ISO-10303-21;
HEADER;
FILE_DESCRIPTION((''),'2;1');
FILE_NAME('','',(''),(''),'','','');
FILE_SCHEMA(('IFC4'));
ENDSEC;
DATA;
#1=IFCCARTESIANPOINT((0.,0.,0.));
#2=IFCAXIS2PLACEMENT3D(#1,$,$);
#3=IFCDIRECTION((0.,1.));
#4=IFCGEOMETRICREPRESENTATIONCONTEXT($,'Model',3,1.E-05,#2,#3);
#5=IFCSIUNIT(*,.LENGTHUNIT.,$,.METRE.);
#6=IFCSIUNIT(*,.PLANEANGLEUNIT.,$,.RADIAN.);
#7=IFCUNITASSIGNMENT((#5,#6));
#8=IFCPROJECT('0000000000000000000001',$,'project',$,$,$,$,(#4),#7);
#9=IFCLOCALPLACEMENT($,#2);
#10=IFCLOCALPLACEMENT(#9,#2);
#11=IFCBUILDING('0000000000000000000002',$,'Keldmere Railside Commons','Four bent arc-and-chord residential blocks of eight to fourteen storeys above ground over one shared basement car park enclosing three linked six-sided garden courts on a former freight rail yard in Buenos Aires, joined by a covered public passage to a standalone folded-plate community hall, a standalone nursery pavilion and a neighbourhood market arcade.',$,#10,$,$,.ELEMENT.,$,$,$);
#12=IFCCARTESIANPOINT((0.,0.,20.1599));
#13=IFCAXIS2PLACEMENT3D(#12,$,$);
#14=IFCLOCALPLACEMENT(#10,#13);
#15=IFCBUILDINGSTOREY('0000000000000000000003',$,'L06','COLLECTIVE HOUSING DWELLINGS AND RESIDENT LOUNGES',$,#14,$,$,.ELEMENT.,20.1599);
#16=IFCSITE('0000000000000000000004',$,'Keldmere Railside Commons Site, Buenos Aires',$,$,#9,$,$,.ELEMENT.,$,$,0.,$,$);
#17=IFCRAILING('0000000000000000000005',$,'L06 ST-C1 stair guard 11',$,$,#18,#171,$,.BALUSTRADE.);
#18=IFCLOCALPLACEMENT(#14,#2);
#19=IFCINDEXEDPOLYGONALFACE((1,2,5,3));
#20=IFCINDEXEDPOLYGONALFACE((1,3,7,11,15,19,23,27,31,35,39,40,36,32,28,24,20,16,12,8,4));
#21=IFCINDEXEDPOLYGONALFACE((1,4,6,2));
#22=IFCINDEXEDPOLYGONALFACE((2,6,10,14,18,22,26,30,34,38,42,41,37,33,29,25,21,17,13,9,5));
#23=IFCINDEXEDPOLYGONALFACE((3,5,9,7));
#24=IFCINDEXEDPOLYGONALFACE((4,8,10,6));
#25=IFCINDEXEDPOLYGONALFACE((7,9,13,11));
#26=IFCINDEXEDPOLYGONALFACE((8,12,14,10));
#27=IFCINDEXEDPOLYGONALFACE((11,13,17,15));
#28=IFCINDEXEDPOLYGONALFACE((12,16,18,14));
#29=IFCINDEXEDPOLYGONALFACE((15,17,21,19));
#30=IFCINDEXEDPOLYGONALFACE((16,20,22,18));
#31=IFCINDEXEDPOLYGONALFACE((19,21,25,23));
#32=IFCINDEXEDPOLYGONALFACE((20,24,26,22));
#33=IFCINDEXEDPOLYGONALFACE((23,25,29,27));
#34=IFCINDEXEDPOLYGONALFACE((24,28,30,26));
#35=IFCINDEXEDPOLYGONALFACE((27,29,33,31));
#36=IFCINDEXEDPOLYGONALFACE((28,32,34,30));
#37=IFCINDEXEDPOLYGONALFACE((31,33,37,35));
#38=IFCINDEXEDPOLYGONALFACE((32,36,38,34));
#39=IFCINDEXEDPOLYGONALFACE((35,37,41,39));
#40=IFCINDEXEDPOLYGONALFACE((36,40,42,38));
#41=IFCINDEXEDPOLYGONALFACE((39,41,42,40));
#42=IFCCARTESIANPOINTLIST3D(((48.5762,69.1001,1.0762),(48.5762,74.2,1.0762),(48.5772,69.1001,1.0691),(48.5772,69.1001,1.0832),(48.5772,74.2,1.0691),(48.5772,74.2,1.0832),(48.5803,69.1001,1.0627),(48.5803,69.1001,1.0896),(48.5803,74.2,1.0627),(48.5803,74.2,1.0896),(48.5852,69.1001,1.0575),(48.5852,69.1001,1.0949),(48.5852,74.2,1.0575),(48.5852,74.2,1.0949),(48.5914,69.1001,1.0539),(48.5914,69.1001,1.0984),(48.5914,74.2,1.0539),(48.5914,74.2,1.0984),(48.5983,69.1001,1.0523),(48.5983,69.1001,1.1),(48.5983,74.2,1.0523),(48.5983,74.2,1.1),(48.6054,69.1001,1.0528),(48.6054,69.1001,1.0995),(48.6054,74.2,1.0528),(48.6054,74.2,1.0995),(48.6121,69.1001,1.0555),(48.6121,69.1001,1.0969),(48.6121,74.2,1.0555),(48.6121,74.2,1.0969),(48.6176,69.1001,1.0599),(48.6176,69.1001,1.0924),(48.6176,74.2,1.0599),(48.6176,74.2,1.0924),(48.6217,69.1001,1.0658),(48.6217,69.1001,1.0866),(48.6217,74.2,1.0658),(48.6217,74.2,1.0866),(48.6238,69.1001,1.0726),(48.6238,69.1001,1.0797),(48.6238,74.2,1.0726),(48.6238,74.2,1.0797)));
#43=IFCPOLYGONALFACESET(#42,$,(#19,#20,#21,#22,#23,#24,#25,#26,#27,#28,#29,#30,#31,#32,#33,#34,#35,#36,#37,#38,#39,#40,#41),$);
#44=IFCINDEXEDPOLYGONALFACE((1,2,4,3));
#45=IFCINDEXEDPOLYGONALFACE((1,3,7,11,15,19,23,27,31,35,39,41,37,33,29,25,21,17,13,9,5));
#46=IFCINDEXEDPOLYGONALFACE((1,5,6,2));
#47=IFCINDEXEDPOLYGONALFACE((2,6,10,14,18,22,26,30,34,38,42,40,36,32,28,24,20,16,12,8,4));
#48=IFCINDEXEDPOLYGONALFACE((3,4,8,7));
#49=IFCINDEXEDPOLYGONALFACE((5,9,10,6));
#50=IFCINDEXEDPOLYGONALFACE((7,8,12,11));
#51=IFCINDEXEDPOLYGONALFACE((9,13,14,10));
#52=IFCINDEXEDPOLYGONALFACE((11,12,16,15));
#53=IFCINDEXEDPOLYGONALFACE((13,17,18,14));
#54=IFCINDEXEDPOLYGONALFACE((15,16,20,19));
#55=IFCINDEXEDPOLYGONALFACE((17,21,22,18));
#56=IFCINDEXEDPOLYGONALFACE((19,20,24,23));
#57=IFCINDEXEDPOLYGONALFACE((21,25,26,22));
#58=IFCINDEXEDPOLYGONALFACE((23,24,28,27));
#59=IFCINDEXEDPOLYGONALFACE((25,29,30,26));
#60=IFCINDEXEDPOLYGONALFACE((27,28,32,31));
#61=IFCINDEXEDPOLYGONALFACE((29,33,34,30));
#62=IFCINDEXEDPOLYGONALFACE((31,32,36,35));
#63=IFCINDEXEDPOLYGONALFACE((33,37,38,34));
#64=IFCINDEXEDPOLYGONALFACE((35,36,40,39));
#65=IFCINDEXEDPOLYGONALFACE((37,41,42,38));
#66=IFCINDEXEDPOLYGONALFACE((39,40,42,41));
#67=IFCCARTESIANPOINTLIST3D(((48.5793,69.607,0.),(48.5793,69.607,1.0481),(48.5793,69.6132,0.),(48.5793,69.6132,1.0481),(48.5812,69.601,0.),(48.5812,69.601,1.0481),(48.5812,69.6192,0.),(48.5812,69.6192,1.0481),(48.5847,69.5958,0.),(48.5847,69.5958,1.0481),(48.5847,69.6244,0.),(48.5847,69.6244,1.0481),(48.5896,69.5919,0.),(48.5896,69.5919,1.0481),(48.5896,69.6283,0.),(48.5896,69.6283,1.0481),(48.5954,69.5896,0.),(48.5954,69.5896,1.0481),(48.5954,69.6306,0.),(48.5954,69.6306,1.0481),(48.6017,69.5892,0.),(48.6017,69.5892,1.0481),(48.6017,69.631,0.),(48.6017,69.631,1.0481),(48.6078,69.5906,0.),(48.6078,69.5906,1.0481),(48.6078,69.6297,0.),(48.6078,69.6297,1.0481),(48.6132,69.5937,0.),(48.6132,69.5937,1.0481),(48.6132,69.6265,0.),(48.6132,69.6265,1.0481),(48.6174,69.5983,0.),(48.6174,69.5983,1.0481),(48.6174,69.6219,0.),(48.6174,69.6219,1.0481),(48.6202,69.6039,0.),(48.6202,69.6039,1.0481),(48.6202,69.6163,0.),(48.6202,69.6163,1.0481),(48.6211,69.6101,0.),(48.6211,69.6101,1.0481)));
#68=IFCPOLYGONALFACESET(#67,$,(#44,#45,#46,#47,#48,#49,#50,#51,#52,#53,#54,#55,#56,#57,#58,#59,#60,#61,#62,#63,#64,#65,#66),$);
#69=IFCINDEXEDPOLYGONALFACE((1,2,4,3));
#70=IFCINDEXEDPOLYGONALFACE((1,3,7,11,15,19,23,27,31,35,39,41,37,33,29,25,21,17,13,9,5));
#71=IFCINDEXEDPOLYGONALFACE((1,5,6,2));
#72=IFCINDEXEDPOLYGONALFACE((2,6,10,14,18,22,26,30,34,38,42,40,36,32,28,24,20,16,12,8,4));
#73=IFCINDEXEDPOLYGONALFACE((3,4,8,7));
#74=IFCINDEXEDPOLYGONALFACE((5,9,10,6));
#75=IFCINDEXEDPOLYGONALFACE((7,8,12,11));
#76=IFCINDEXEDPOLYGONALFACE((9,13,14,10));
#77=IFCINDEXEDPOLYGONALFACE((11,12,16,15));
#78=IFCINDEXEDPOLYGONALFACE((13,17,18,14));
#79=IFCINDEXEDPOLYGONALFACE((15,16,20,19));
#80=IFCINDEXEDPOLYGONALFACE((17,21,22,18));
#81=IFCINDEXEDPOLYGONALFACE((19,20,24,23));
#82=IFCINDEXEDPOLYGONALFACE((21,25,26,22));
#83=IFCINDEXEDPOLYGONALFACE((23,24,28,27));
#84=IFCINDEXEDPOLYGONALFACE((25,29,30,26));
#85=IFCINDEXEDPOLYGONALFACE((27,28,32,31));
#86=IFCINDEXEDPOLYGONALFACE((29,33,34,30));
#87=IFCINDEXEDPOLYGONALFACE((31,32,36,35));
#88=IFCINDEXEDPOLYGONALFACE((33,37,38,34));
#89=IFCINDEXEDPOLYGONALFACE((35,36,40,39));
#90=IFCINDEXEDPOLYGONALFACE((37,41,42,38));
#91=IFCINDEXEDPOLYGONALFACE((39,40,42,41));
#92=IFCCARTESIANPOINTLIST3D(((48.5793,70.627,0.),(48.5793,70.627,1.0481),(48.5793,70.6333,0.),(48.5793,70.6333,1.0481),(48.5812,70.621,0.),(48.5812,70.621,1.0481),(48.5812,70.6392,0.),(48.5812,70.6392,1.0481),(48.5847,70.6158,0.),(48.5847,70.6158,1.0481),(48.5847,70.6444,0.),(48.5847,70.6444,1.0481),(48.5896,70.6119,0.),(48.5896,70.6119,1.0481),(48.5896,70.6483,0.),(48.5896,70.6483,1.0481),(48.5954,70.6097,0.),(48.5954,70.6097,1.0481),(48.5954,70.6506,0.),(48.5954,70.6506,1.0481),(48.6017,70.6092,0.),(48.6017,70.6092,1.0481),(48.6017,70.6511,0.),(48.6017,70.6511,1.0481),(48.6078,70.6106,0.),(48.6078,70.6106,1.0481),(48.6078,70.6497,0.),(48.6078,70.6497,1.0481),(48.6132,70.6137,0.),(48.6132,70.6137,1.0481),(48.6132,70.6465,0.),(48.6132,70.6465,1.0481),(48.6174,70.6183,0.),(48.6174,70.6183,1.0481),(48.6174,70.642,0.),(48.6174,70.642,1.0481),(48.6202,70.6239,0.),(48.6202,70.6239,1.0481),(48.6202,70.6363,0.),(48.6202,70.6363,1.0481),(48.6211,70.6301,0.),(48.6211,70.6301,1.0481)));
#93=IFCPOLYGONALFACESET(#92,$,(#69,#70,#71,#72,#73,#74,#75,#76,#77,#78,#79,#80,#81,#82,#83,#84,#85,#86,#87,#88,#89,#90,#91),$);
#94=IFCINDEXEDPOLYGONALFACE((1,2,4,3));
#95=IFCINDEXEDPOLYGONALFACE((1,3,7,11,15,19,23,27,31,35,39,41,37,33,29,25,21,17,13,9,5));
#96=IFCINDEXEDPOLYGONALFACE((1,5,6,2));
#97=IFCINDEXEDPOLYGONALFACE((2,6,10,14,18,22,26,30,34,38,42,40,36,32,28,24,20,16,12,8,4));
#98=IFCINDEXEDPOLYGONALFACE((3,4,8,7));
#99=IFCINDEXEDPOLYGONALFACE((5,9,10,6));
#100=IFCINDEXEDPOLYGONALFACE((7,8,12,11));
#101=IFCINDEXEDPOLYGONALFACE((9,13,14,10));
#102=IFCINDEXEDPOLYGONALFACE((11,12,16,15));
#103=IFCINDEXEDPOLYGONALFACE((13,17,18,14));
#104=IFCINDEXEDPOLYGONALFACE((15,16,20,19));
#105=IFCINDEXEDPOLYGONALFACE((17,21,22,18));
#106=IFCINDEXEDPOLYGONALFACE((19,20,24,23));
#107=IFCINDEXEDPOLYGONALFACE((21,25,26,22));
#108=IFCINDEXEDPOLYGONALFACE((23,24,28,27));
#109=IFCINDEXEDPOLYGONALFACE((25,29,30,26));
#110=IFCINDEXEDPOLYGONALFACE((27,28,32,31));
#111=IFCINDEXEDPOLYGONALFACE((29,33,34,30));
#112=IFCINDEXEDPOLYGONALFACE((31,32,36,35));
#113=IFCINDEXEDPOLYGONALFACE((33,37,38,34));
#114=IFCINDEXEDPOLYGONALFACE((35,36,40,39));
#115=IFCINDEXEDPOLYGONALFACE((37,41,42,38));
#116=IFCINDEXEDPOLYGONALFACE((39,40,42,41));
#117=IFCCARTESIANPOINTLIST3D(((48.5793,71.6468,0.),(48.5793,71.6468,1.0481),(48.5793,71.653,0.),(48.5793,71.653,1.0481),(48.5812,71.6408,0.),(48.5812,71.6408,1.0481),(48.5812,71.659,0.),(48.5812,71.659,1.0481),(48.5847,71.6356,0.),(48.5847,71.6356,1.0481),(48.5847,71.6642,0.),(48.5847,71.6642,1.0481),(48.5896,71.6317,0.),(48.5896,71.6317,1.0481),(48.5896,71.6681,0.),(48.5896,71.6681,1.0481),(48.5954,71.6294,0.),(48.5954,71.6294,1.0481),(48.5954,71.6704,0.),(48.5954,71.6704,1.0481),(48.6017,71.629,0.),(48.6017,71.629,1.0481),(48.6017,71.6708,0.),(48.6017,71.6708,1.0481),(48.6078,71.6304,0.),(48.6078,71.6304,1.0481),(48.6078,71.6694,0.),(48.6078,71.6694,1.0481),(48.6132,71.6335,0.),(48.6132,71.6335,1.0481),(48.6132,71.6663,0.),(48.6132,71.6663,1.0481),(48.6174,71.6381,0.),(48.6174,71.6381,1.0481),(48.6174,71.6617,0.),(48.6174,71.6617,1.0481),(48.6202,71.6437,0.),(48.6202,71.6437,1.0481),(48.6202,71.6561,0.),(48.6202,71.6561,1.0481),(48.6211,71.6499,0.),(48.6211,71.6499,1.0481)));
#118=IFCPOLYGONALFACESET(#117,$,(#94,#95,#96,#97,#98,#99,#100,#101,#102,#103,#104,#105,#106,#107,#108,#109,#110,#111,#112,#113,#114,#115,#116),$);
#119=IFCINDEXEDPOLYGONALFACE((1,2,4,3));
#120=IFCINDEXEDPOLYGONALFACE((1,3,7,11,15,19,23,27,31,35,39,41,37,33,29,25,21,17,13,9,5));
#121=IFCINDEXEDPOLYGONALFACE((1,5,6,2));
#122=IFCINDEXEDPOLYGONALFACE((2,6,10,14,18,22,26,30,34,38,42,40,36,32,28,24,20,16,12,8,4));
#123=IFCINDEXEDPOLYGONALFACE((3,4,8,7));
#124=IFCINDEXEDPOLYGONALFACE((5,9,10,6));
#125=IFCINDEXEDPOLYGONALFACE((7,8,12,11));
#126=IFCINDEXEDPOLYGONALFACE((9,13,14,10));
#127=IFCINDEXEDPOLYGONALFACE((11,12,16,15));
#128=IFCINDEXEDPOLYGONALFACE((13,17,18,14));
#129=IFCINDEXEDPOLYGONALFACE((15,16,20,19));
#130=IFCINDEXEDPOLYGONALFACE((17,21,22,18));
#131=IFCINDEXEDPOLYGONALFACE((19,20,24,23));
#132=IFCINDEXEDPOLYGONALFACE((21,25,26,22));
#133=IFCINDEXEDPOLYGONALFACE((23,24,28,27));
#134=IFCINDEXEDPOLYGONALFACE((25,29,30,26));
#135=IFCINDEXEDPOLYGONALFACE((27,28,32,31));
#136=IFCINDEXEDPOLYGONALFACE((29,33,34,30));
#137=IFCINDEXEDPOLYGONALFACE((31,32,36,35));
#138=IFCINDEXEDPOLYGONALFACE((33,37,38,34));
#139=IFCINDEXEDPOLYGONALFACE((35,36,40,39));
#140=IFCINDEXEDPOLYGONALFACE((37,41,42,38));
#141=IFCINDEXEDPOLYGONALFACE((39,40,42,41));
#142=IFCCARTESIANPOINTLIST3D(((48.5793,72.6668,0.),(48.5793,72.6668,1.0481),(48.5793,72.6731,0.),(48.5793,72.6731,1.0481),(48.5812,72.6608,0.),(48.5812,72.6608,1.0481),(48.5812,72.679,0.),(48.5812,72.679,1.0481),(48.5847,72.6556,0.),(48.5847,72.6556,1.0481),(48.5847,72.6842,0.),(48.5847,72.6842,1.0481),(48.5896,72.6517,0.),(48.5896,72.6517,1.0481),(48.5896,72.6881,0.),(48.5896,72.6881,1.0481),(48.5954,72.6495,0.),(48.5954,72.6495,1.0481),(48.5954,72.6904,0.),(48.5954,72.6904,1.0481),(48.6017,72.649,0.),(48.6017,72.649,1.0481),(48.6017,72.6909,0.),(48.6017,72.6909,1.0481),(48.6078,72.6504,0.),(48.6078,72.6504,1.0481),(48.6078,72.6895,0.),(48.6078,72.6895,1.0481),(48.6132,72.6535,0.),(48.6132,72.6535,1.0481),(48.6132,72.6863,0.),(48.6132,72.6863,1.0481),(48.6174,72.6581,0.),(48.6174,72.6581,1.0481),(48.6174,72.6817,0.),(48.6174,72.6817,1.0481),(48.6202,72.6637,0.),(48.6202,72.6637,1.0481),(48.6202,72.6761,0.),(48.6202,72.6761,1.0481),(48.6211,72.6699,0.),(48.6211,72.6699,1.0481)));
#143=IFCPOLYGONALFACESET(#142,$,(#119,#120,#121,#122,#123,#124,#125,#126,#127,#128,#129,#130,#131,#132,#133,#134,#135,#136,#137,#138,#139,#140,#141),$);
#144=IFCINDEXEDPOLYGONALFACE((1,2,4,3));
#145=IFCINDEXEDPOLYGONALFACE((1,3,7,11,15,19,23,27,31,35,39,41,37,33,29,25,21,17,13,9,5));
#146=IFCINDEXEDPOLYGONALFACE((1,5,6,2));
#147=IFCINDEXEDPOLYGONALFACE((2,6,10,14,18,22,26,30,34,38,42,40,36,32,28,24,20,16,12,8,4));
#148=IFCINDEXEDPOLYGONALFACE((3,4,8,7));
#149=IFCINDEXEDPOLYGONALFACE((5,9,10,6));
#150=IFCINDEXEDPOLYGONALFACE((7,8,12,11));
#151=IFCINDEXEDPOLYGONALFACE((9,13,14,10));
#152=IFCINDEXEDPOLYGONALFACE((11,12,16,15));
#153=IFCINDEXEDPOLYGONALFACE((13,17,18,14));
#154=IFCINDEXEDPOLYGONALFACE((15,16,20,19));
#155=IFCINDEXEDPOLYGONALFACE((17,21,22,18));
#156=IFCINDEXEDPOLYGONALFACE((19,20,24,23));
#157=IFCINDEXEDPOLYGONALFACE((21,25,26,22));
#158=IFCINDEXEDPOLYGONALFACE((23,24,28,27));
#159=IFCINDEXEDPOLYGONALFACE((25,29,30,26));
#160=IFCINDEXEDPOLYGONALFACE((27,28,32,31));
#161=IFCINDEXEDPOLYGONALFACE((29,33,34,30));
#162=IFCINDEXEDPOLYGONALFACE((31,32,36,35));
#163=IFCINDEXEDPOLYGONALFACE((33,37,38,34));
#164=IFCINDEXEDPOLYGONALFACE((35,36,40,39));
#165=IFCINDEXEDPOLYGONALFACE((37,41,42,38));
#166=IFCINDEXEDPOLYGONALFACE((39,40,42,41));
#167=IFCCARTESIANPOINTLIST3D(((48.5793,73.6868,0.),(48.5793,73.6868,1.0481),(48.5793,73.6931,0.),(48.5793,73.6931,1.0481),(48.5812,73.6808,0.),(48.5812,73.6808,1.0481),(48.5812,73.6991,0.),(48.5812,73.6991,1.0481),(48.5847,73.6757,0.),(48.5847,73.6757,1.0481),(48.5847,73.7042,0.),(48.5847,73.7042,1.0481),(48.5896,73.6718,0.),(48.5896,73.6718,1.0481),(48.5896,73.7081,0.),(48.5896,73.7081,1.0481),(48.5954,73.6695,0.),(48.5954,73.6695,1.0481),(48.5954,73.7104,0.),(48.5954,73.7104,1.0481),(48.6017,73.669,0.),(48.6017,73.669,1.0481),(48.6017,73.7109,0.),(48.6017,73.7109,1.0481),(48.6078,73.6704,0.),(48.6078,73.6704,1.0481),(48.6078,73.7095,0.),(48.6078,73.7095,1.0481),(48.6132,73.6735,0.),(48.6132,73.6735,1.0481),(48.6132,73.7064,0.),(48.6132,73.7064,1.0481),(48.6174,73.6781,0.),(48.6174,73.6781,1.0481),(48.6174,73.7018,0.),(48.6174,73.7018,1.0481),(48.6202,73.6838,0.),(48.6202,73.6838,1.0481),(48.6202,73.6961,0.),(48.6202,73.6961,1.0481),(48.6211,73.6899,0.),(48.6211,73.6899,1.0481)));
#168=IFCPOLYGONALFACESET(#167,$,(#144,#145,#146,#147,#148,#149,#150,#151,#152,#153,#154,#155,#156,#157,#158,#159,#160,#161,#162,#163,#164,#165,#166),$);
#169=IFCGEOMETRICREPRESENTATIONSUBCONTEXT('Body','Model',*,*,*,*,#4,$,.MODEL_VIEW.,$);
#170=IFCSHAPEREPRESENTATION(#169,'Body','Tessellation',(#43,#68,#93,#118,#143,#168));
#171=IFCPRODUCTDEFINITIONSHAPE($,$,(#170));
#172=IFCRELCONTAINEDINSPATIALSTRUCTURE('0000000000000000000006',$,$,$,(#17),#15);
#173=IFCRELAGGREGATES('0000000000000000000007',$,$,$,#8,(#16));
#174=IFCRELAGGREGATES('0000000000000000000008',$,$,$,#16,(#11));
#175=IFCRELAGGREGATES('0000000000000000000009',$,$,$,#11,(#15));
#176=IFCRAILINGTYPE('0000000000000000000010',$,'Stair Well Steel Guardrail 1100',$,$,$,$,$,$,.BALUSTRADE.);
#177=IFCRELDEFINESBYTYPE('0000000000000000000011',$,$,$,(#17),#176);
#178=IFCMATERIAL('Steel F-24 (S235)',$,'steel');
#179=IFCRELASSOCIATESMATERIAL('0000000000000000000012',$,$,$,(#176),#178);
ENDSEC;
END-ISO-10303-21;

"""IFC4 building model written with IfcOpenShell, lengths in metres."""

from ifc_helpers import new_model, si_unit, direction, frame, origin, origin_2d, place, context, subcontext, project, spatial, circle, extrude, material, type_object, element, save


model = new_model("IFC4")

# Units and contexts
model_context = context("Model", 3, precision=1e-05, world=origin(), true_north=direction((0.0, 1.0)))
body_context = subcontext(model_context, "Body", "Model", "MODEL_VIEW")
ifc_project = project(units=[si_unit("LENGTHUNIT", "METRE"), si_unit("PLANEANGLEUNIT", "RADIAN")], contexts=[model_context])

# Site, building, storey
site_placement = place(None, origin())
site = spatial("IfcSite", under=ifc_project, at=site_placement, Name="Keldmere Railside Commons Site, Buenos Aires", CompositionType="ELEMENT", RefElevation=0.0)
building_placement = place(site_placement, origin())
building = spatial("IfcBuilding", under=site, at=building_placement, Name="Keldmere Railside Commons", Description="Four bent arc-and-chord residential blocks of eight to fourteen storeys above ground over one shared basement car park enclosing three linked six-sided garden courts on a former freight rail yard in Buenos Aires, joined by a covered public passage to a standalone folded-plate community hall, a standalone nursery pavilion and a neighbourhood market arcade.", CompositionType="ELEMENT")
storey_placement = place(building_placement, frame((0.0, 0.0, 20.1599)))
storey = spatial("IfcBuildingStorey", under=building, at=storey_placement, Name="L06", Description="COLLECTIVE HOUSING DWELLINGS AND RESIDENT LOUNGES", CompositionType="ELEMENT", Elevation=20.1599)

# Shared definitions
ifc_material_1 = material(Name="Steel F-24 (S235)", Category="steel")

# Railing
railing_type_1 = type_object("IfcRailingType", Name="Stair Well Steel Guardrail 1100", PredefinedType="BALUSTRADE", material=ifc_material_1)
railing_1_placement = place(storey_placement, frame((48.6001, 69.1001, 0.0)))
element("IfcRailing", 1, at=railing_1_placement, inside=storey, type_object=railing_type_1, Name="L06 ST-C1 stair guard 11", PredefinedType="BALUSTRADE", context=body_context, shape_type="SweptSolid", body=[
    extrude(circle(Radius=0.0239, at=origin_2d()), frame((0.0, 0.0, 1.0762), z_axis=(0.0, 1.0, 0.0), x_axis=(-1.0, 0.0, 0.0)), (0.0, 0.0, 1.0), 5.0999),
    extrude(circle(Radius=0.021, at=origin_2d()), frame((0.0, 0.51, 0.0)), (0.0, 0.0, 1.0), 1.0481),
    extrude(circle(Radius=0.021, at=origin_2d()), frame((0.0, 1.53, 0.0)), (0.0, 0.0, 1.0), 1.0481),
    extrude(circle(Radius=0.021, at=origin_2d()), frame((0.0, 2.5498, 0.0)), (0.0, 0.0, 1.0), 1.0481),
    extrude(circle(Radius=0.021, at=origin_2d()), frame((0.0, 3.5698, 0.0)), (0.0, 0.0, 1.0), 1.0481),
    extrude(circle(Radius=0.021, at=origin_2d()), frame((0.0, 4.5898, 0.0)), (0.0, 0.0, 1.0), 1.0481),
])

save(model, "model.ifc")
